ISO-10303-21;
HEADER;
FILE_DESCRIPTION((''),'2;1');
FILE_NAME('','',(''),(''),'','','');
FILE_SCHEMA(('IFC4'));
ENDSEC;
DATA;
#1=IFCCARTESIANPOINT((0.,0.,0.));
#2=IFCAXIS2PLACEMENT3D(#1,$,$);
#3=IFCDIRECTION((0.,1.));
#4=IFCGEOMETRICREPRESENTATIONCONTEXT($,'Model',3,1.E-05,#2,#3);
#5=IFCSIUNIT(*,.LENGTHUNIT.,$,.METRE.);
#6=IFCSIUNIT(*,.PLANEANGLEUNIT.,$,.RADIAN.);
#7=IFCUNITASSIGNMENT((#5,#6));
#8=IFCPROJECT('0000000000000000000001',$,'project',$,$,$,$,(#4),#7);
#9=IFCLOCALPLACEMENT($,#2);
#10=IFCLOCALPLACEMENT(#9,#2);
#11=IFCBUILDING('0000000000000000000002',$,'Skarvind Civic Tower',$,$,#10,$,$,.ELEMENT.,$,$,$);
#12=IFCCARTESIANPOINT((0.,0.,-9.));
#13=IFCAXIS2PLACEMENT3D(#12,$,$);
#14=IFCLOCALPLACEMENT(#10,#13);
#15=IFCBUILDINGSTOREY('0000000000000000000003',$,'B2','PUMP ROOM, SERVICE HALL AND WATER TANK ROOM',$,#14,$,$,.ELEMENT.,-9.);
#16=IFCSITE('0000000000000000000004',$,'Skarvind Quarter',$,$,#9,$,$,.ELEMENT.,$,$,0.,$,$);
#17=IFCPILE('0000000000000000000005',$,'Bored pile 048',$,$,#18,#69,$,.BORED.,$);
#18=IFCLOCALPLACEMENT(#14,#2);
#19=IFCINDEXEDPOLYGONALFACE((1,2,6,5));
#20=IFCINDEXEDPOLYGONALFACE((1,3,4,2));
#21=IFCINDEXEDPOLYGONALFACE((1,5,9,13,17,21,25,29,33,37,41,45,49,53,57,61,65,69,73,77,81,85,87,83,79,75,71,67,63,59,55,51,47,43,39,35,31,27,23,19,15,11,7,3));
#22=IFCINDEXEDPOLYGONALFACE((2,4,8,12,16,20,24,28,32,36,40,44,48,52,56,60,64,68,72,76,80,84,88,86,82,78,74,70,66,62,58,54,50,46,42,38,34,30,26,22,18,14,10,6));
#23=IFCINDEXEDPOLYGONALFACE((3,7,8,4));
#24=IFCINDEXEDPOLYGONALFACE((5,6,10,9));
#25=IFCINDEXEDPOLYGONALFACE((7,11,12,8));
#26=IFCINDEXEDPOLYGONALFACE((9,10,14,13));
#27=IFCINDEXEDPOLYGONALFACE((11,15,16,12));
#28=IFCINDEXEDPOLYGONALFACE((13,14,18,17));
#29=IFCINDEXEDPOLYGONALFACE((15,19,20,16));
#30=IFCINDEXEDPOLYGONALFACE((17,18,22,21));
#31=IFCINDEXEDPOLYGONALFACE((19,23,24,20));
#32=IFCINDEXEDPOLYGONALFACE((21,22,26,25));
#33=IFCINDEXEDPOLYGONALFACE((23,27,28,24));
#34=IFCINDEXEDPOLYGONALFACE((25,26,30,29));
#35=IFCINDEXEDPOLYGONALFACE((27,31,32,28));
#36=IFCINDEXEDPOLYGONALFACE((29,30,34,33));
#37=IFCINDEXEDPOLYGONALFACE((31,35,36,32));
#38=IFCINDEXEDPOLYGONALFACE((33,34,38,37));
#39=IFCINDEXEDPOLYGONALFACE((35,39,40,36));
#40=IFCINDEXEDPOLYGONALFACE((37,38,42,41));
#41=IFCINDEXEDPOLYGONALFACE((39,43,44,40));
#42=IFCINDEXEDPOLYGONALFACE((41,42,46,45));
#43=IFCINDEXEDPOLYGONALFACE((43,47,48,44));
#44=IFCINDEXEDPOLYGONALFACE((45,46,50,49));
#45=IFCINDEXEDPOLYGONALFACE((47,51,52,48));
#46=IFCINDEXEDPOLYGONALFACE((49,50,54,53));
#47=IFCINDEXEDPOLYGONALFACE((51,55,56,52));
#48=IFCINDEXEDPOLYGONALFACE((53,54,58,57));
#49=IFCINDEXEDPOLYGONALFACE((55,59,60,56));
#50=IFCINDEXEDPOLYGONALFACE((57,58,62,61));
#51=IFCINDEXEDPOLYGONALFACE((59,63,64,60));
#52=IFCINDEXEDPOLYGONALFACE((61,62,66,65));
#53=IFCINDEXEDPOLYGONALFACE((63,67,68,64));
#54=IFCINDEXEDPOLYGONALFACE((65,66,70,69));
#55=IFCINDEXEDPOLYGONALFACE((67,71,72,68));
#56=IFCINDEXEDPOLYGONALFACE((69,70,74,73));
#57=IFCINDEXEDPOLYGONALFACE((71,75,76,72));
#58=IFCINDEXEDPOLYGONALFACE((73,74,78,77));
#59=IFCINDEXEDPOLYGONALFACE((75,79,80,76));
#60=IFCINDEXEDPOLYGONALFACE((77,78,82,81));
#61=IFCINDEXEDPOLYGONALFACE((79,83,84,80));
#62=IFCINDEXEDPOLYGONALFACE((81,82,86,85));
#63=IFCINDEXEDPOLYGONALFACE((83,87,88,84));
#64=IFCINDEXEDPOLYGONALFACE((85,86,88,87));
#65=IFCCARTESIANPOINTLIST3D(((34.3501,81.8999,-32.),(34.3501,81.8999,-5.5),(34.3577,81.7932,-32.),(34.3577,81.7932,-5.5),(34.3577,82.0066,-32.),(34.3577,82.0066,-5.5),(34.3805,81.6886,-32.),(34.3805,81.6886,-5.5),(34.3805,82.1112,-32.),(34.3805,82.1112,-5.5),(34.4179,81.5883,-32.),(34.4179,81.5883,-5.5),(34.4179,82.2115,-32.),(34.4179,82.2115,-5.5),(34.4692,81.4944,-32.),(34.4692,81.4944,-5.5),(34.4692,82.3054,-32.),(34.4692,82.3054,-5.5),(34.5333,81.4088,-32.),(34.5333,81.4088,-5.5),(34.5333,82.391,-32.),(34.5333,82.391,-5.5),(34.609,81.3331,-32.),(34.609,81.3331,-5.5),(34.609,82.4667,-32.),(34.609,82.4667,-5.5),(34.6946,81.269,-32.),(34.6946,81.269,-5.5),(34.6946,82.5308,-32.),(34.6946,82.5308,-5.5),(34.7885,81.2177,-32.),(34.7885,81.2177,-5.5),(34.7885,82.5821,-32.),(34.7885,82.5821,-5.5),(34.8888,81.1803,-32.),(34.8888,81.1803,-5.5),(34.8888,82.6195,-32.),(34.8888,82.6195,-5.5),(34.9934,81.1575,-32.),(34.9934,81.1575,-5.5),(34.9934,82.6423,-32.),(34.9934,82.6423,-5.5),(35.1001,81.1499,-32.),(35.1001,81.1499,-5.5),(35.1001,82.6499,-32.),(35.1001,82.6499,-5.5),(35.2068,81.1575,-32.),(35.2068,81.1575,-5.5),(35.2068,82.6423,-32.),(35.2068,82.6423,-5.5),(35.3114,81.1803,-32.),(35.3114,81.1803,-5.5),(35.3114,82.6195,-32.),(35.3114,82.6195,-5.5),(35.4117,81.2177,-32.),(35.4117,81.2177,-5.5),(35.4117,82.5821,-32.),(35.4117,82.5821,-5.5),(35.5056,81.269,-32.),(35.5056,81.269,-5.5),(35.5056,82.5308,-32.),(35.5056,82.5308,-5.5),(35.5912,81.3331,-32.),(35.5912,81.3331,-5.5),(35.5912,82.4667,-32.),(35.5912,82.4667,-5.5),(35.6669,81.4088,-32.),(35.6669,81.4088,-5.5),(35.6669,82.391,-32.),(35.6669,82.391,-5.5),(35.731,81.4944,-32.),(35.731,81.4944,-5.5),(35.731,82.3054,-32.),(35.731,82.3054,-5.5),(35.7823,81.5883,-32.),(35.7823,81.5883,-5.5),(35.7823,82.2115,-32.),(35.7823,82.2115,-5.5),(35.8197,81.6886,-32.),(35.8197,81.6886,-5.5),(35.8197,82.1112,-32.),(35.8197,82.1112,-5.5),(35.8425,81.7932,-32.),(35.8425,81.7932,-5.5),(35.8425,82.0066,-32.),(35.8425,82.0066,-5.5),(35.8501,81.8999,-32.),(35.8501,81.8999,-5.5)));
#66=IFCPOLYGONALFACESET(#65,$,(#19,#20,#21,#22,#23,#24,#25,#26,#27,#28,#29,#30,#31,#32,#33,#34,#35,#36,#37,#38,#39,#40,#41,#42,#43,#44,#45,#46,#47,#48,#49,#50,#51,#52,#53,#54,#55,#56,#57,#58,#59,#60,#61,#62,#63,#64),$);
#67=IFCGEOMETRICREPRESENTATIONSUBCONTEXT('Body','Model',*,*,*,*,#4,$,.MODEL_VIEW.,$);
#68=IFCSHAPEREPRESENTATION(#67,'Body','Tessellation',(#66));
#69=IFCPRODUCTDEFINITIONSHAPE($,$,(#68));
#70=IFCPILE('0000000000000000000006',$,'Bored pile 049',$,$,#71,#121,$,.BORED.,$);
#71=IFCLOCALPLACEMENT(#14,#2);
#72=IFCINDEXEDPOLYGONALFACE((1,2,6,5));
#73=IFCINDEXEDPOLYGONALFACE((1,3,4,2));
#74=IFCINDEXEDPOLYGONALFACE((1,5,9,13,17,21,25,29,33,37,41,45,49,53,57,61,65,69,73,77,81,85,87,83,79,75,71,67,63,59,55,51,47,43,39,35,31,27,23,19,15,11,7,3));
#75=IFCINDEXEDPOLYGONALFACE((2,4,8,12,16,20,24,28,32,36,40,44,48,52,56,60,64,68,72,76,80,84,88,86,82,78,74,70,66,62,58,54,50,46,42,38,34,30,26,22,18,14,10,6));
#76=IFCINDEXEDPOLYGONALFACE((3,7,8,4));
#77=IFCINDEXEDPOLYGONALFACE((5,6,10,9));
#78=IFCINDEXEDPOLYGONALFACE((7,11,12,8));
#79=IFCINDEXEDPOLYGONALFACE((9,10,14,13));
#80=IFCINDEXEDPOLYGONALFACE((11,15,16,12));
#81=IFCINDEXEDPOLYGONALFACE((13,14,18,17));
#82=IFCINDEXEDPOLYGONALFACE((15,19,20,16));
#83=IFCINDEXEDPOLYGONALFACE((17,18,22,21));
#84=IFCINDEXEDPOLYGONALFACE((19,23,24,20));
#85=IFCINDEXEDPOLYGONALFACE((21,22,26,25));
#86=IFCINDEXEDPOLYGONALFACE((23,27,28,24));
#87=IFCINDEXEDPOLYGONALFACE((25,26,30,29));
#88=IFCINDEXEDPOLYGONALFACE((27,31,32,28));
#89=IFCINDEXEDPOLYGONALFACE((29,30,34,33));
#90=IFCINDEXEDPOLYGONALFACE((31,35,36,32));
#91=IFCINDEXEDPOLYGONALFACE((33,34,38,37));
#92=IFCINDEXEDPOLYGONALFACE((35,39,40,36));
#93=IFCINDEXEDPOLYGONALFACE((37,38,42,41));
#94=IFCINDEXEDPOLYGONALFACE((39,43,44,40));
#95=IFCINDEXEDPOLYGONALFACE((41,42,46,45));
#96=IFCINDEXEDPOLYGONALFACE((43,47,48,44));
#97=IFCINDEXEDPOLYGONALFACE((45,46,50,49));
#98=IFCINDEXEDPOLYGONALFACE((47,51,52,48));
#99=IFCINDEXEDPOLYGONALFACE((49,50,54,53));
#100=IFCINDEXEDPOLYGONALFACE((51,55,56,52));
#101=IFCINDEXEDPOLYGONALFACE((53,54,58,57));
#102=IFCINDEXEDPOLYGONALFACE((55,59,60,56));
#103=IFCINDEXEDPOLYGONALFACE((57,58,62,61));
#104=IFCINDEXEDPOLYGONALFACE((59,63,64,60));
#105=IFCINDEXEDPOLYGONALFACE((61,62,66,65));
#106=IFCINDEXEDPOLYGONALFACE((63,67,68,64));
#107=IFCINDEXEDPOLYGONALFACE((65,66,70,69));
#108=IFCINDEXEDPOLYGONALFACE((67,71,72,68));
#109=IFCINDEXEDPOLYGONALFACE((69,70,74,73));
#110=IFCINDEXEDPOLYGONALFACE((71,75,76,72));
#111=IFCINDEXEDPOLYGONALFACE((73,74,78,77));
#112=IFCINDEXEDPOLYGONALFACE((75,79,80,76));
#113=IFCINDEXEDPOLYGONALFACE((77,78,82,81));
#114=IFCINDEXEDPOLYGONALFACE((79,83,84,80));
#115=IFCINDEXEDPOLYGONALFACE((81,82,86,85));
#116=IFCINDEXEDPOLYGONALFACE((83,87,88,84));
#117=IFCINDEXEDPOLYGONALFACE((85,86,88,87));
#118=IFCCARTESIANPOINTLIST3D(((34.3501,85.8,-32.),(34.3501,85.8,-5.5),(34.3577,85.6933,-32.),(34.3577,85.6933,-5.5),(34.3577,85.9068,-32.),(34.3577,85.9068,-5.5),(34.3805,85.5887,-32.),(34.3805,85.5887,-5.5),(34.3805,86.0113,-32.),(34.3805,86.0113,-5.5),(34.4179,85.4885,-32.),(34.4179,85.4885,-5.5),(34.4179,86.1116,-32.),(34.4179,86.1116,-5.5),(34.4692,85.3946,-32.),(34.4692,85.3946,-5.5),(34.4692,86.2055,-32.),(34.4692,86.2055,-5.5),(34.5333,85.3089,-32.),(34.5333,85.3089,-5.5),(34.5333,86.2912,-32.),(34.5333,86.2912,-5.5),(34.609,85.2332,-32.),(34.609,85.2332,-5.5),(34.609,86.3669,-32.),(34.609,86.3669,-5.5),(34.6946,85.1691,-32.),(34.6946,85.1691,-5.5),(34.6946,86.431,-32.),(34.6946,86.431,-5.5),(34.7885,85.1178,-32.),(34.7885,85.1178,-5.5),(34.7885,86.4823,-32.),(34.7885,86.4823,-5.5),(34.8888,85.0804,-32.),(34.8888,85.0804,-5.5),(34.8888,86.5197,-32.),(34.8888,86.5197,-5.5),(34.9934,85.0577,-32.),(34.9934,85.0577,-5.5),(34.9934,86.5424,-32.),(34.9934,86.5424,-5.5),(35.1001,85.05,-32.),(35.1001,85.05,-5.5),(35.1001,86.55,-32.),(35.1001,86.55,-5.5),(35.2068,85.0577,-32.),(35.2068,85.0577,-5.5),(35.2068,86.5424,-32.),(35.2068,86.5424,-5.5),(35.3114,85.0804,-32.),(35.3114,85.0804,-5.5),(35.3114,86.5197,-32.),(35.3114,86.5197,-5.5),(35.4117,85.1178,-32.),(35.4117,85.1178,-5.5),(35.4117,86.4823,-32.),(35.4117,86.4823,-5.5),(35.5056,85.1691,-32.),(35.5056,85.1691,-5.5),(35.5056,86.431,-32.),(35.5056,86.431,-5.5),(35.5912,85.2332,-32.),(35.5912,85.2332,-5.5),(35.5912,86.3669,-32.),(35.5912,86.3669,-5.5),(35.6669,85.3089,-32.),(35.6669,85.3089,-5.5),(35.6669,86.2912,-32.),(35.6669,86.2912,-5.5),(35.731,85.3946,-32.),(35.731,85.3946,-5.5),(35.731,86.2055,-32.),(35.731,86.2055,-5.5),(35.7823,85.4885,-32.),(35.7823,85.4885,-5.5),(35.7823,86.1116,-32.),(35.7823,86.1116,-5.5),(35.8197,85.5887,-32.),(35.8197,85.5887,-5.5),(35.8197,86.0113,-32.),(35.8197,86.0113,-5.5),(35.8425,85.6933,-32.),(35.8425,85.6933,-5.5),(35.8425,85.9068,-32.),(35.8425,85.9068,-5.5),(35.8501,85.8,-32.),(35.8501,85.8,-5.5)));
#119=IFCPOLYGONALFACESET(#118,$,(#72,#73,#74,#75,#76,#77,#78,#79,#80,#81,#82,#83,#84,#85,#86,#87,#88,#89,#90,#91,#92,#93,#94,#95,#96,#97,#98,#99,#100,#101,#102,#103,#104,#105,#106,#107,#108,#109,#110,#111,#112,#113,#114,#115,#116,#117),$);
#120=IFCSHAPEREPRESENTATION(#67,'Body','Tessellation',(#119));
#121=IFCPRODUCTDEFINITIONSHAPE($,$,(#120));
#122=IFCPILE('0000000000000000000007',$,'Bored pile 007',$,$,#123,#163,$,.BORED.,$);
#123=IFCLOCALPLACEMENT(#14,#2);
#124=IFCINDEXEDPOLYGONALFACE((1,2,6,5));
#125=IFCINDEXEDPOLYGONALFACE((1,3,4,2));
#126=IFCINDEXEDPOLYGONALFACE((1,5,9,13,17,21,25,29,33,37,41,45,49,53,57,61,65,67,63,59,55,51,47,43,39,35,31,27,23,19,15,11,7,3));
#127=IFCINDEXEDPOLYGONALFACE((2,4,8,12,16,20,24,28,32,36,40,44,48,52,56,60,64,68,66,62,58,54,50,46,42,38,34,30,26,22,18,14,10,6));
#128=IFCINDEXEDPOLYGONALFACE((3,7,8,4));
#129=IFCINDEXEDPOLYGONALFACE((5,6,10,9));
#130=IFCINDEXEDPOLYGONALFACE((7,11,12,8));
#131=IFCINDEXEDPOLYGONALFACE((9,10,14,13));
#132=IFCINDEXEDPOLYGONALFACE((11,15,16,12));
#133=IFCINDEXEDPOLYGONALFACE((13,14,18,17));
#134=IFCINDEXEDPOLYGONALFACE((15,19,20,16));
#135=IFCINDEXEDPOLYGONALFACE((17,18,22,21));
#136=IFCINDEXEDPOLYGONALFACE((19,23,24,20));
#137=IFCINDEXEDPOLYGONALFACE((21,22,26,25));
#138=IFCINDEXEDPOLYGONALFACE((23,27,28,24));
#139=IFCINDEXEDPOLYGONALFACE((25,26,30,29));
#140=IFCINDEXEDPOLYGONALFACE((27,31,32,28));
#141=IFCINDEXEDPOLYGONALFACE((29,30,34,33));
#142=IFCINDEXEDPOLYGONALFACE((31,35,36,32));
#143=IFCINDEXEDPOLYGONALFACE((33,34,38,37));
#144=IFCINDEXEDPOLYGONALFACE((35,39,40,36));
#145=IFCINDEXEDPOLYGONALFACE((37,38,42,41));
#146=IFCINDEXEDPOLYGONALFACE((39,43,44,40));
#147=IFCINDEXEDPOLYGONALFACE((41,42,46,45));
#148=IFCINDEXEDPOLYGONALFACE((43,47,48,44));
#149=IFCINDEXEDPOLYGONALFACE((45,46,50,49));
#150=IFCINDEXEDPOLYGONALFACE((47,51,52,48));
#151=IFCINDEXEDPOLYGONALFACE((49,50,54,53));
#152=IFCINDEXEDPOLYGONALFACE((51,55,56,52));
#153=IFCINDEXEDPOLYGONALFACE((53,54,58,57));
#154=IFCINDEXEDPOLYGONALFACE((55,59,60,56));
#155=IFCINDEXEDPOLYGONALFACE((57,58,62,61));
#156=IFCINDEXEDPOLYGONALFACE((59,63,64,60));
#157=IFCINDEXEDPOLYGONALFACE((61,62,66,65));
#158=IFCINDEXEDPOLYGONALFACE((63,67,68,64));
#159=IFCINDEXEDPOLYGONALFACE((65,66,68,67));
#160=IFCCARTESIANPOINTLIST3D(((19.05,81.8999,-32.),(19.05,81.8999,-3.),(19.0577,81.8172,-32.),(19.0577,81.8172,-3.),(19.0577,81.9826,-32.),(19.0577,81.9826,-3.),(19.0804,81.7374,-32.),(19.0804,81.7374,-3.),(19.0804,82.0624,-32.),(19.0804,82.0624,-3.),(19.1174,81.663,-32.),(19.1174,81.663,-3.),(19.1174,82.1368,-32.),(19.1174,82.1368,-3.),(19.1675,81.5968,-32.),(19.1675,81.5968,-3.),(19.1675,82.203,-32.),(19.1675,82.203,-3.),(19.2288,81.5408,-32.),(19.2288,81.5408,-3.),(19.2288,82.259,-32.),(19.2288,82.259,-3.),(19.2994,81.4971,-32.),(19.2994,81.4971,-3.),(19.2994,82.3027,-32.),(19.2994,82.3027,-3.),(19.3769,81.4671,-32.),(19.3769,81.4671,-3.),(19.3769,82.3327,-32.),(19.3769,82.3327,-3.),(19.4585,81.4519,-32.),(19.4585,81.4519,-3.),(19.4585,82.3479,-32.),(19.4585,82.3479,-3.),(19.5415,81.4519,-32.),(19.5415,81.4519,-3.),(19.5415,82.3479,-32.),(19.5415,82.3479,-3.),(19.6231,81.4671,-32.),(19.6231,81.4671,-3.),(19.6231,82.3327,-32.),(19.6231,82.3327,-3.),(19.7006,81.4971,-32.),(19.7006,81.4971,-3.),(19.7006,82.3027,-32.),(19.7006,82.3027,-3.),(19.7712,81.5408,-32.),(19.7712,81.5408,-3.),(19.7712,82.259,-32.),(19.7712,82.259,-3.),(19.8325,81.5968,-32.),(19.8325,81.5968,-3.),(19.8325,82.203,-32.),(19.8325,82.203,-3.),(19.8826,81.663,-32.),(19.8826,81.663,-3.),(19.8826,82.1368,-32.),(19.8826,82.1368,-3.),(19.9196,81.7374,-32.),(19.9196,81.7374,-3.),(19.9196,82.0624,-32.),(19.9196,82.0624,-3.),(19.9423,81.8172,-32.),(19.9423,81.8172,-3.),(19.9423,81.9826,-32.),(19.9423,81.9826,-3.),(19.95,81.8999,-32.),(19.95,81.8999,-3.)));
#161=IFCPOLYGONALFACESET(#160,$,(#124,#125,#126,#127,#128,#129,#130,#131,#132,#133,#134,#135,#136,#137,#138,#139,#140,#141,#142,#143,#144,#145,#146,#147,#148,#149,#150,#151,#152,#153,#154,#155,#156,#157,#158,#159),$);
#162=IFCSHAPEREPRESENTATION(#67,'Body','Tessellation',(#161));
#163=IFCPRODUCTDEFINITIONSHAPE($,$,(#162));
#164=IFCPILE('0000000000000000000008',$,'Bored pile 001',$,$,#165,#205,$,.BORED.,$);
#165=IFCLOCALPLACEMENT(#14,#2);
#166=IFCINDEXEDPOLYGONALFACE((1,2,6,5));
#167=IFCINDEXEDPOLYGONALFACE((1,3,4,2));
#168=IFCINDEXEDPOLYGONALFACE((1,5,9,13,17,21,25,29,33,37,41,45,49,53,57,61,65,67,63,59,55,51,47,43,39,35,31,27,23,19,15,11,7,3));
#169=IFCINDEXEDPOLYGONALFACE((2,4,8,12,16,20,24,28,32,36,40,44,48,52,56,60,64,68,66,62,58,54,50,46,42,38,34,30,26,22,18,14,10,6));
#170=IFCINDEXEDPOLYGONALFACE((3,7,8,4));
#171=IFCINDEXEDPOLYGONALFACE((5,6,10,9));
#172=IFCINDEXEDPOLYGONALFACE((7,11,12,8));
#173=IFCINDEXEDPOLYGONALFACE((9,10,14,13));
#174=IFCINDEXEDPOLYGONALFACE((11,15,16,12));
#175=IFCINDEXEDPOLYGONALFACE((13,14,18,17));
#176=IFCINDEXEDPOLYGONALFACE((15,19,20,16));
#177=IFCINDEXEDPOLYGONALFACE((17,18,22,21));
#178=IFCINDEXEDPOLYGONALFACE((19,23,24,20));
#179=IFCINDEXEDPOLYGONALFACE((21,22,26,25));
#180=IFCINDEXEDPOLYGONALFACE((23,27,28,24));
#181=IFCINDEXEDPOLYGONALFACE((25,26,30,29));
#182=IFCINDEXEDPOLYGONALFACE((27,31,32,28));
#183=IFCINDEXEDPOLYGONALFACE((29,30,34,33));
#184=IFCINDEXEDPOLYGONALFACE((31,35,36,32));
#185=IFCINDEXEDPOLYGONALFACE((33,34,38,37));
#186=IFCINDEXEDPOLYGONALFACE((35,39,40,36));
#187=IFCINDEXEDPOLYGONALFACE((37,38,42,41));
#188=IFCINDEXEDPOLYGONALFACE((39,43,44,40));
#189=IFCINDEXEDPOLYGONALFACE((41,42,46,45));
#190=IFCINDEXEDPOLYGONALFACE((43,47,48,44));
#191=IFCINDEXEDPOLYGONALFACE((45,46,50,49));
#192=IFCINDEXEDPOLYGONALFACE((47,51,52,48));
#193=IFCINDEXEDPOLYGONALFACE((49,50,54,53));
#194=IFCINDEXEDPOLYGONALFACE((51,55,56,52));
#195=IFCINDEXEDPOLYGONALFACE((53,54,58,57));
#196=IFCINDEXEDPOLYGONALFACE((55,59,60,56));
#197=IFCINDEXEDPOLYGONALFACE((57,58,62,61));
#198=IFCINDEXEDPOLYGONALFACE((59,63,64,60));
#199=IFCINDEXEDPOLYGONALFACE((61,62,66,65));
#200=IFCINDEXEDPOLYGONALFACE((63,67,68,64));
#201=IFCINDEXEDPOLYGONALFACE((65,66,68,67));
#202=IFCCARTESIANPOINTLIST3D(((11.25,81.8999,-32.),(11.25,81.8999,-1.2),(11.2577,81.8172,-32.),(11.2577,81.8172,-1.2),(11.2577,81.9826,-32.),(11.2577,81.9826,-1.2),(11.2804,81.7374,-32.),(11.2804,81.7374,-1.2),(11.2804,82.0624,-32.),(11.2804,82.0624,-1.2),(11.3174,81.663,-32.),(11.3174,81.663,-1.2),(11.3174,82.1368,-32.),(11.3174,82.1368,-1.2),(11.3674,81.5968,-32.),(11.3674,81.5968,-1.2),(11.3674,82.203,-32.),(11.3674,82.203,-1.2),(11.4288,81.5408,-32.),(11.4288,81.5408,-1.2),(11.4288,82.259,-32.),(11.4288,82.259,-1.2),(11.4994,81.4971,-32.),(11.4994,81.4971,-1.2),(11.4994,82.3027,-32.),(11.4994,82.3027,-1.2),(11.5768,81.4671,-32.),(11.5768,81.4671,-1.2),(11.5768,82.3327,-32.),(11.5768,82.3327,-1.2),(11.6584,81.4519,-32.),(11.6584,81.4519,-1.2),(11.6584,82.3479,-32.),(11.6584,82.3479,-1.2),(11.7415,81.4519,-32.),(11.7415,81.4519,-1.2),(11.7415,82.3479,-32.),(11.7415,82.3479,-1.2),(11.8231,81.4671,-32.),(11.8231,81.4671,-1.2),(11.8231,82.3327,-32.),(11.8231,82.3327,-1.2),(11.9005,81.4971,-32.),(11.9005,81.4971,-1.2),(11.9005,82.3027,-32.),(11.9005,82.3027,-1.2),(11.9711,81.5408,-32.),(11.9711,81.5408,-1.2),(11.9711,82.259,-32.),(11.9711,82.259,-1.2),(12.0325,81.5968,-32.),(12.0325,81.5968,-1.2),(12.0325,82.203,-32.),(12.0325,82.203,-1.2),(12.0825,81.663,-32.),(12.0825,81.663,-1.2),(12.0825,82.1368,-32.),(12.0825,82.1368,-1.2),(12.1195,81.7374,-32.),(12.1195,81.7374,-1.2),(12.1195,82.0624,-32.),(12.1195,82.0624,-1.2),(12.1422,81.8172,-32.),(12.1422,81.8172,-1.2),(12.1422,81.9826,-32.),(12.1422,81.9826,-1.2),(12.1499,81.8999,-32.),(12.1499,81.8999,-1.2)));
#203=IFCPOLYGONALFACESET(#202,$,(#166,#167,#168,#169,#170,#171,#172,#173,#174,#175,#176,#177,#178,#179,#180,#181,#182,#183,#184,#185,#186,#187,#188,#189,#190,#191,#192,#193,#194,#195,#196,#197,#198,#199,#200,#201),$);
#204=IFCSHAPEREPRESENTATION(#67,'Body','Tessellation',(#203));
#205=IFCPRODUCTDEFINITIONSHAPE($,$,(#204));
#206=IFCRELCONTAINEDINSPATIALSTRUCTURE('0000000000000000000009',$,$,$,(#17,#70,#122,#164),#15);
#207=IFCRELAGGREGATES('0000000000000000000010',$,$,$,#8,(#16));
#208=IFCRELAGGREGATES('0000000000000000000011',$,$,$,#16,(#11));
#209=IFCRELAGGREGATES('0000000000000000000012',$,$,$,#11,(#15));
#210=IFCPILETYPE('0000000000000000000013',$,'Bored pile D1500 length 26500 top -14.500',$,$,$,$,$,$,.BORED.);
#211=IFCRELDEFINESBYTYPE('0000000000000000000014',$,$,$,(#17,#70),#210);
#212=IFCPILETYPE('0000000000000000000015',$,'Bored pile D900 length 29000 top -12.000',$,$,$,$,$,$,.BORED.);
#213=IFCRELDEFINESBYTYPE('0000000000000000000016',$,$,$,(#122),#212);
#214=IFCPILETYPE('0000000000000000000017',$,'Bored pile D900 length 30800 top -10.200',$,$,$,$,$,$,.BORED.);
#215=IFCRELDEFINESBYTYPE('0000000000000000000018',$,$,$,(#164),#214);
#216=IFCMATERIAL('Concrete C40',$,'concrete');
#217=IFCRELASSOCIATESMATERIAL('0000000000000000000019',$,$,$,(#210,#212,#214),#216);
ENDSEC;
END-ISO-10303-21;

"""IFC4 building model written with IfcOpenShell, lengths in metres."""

from ifc_helpers import new_model, si_unit, direction, frame, origin, origin_2d, place, context, subcontext, project, spatial, circle, extrude, material, type_object, element, save


model = new_model("IFC4")

# Units and contexts
model_context = context("Model", 3, precision=1e-05, world=origin(), true_north=direction((0.0, 1.0)))
body_context = subcontext(model_context, "Body", "Model", "MODEL_VIEW")
ifc_project = project(units=[si_unit("LENGTHUNIT", "METRE"), si_unit("PLANEANGLEUNIT", "RADIAN")], contexts=[model_context])

# Site, building, storey
site_placement = place(None, origin())
site = spatial("IfcSite", under=ifc_project, at=site_placement, Name="Skarvind Quarter", CompositionType="ELEMENT", RefElevation=0.0)
building_placement = place(site_placement, origin())
building = spatial("IfcBuilding", under=site, at=building_placement, Name="Skarvind Civic Tower", CompositionType="ELEMENT")
storey_placement = place(building_placement, frame((0.0, 0.0, -9.0)))
storey = spatial("IfcBuildingStorey", under=building, at=storey_placement, Name="B2", Description="PUMP ROOM, SERVICE HALL AND WATER TANK ROOM", CompositionType="ELEMENT", Elevation=-9.0)

# Piles
ifc_material_1 = material(Name="Concrete C40", Category="concrete")
pile_type_1 = type_object("IfcPileType", Name="Bored pile D1500 length 26500 top -14.500", PredefinedType="BORED", material=ifc_material_1)
for number, where, z_axis, x_axis, name in (
    (1, (35.1001, 81.8999, -5.5), (0.0, 0.0, -1.0), (1.0, 0.0, 0.0), "Bored pile 048"),
    (2, (35.1001, 85.8, -5.5), (0.0, 0.0, -1.0), (1.0, 0.0, 0.0), "Bored pile 049"),
):
    element("IfcPile", number, at=place(storey_placement, frame(where, z_axis=z_axis, x_axis=x_axis)), inside=storey, type_object=pile_type_1, Name=name, PredefinedType="BORED", context=body_context, shape_type="SweptSolid", body=[
        extrude(circle(Radius=0.75, at=origin_2d()), origin(), (0.0, 0.0, 1.0), 26.5),
    ])
pile_type_2 = type_object("IfcPileType", Name="Bored pile D900 length 29000 top -12.000", PredefinedType="BORED", material=ifc_material_1)
pile_placement = place(storey_placement, frame((19.5, 81.8999, -3.0), z_axis=(0.0, 0.0, -1.0), x_axis=(1.0, 0.0, 0.0)))
element("IfcPile", 3, at=pile_placement, inside=storey, type_object=pile_type_2, Name="Bored pile 007", PredefinedType="BORED", context=body_context, shape_type="SweptSolid", body=[
    extrude(circle(Radius=0.45, at=origin_2d()), origin(), (0.0, 0.0, 1.0), 29.0),
])
pile_type_3 = type_object("IfcPileType", Name="Bored pile D900 length 30800 top -10.200", PredefinedType="BORED", material=ifc_material_1)
for number, where, z_axis, x_axis, name in (
    (4, (11.7, 81.8999, -1.2), (0.0, 0.0, -1.0), (1.0, 0.0, 0.0), "Bored pile 001"),
):
    element("IfcPile", number, at=place(storey_placement, frame(where, z_axis=z_axis, x_axis=x_axis)), inside=storey, type_object=pile_type_3, Name=name, PredefinedType="BORED", context=body_context, shape_type="SweptSolid", body=[
        extrude(circle(Radius=0.45, at=origin_2d()), origin(), (0.0, 0.0, 1.0), 30.8),
    ])

save(model, "model.ifc")
